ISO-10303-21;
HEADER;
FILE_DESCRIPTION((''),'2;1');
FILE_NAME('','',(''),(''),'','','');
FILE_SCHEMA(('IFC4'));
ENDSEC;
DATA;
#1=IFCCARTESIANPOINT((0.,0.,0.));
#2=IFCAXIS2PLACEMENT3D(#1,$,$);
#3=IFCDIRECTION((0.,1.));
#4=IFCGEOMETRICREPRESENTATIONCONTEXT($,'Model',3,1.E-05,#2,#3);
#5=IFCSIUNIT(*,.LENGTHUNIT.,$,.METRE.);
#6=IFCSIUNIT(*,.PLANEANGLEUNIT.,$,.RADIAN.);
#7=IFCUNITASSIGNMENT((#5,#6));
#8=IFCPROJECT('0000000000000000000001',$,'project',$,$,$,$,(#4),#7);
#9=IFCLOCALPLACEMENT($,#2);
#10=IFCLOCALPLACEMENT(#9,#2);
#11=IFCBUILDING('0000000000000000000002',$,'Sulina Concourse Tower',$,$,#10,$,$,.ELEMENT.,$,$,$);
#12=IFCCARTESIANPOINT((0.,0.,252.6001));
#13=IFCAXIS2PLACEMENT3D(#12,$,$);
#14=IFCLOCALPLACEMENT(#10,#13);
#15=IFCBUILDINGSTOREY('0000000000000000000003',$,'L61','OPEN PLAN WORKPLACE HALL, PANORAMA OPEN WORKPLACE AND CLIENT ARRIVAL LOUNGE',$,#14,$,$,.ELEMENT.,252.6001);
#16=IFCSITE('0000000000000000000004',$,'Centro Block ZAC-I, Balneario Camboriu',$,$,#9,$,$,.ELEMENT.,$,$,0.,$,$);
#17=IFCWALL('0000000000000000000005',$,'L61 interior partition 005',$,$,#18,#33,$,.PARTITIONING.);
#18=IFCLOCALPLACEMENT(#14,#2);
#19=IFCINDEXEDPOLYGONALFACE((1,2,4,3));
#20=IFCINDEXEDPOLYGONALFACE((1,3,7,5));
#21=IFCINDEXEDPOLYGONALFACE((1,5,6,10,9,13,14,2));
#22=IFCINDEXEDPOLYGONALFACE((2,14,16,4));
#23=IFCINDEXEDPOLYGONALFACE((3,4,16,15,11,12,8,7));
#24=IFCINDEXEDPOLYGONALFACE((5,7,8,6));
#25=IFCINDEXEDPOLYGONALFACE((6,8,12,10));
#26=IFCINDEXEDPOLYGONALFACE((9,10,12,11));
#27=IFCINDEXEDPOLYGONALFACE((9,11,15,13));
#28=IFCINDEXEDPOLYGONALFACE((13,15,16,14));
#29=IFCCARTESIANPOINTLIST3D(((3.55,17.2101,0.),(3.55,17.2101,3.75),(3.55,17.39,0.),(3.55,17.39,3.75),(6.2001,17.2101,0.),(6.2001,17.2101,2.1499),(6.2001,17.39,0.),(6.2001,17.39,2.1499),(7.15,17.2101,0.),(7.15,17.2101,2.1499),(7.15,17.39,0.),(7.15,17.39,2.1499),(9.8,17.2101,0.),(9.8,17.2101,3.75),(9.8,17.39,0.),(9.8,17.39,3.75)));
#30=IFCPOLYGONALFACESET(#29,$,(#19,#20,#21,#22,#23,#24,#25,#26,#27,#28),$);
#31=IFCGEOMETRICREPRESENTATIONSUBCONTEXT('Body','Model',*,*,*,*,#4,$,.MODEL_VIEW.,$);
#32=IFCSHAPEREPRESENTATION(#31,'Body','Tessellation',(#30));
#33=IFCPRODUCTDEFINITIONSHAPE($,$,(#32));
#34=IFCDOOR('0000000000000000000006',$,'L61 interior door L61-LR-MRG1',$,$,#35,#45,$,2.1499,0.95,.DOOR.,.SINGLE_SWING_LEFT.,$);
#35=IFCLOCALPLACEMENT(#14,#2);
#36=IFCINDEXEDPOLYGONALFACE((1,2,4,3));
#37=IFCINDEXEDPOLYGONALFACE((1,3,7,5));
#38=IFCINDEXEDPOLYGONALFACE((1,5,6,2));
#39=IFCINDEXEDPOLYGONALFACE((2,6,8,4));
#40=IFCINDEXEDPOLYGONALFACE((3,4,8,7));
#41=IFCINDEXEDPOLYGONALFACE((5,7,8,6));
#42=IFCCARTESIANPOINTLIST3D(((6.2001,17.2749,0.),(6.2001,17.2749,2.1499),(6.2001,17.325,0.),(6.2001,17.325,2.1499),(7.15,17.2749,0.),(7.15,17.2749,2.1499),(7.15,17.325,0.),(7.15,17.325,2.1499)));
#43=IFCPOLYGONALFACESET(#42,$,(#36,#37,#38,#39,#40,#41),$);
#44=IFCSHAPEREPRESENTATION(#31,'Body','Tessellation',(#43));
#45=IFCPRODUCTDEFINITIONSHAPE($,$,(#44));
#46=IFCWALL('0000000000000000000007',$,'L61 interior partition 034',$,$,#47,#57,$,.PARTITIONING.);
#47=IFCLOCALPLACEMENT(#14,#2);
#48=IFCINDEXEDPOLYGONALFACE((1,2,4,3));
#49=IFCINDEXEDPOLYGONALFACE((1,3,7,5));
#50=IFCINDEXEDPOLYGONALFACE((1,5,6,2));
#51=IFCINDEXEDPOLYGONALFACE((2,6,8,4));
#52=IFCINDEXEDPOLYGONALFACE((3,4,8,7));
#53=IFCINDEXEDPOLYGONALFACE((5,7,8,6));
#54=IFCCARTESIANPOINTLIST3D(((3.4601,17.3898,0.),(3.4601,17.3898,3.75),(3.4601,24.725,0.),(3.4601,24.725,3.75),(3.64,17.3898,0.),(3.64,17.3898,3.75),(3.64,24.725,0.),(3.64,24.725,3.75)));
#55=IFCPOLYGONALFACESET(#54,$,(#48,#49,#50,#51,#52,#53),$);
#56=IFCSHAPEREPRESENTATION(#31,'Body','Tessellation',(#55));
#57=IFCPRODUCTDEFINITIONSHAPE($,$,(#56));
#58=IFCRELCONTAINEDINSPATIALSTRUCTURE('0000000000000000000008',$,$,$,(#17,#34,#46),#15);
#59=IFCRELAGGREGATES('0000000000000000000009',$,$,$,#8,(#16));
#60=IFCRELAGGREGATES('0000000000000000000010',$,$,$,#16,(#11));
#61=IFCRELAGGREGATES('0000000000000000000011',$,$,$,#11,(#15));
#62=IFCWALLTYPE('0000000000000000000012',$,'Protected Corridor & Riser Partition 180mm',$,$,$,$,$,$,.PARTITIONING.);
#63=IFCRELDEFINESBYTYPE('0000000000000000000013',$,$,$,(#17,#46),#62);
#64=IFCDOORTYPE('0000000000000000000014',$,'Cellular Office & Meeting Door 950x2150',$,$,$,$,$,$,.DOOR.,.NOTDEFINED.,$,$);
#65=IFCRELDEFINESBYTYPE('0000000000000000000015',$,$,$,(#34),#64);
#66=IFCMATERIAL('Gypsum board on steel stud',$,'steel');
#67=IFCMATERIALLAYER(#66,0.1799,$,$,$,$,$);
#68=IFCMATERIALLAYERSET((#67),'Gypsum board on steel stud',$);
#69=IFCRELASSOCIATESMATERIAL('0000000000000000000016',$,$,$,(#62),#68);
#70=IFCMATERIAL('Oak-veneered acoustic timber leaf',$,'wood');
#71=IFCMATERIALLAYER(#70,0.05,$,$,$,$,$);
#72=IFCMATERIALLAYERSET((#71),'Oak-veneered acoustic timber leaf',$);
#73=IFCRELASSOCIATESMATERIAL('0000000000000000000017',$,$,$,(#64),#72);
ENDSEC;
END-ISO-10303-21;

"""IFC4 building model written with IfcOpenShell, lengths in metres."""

from ifc_helpers import new_model, si_unit, direction, frame, frame_2d, origin, place, context, subcontext, project, spatial, rectangle, extrude, material, layer, layer_set, type_object, element, fill, save


model = new_model("IFC4")

# Units and contexts
model_context = context("Model", 3, precision=1e-05, world=origin(), true_north=direction((0.0, 1.0)))
body_context = subcontext(model_context, "Body", "Model", "MODEL_VIEW")
ifc_project = project(units=[si_unit("LENGTHUNIT", "METRE"), si_unit("PLANEANGLEUNIT", "RADIAN")], contexts=[model_context])

# Site, building, storey
site_placement = place(None, origin())
site = spatial("IfcSite", under=ifc_project, at=site_placement, Name="Centro Block ZAC-I, Balneario Camboriu", CompositionType="ELEMENT", RefElevation=0.0)
building_placement = place(site_placement, origin())
building = spatial("IfcBuilding", under=site, at=building_placement, Name="Sulina Concourse Tower", CompositionType="ELEMENT")
storey_placement = place(building_placement, frame((0.0, 0.0, 252.6001)))
storey = spatial("IfcBuildingStorey", under=building, at=storey_placement, Name="L61", Description="OPEN PLAN WORKPLACE HALL, PANORAMA OPEN WORKPLACE AND CLIENT ARRIVAL LOUNGE", CompositionType="ELEMENT", Elevation=252.6001)

# Wall, opening, door
ifc_material_1 = material(Name="Gypsum board on steel stud", Category="steel")
ifc_layer_1 = layer(ifc_material_1, 0.1799)
ifc_layer_set_1 = layer_set([ifc_layer_1], Name="Gypsum board on steel stud")
wall_type_1 = type_object("IfcWallType", Name="Protected Corridor & Riser Partition 180mm", PredefinedType="PARTITIONING", material=ifc_layer_set_1)
ifc_material_2 = material(Name="Oak-veneered acoustic timber leaf", Category="wood")
ifc_layer_2 = layer(ifc_material_2, 0.05)
ifc_layer_set_2 = layer_set([ifc_layer_2], Name="Oak-veneered acoustic timber leaf")
door_type_1 = type_object("IfcDoorType", Name="Cellular Office & Meeting Door 950x2150", OperationType="NOTDEFINED", PredefinedType="DOOR", material=ifc_layer_set_2)
wall_1_placement = place(storey_placement, frame((3.55, 17.3, 0.0), z_axis=(0.0, 0.0, 1.0), x_axis=(1.0, 0.0, 0.0)))
wall_1 = element("IfcWall", 1, at=wall_1_placement, inside=storey, type_object=wall_type_1, Name="L61 interior partition 005", PredefinedType="PARTITIONING", context=body_context, shape_type="SweptSolid", body=[
    extrude(rectangle(XDim=6.25, YDim=0.1799, at=frame_2d((3.125, 0.0))), origin(), (0.0, 0.0, 1.0), 3.75),
])
opening_1_placement = place(wall_1_placement, frame((2.6499, 0.0, 0.0)))
opening_1 = element("IfcOpeningElement", 2, at=opening_1_placement, cuts=wall_1, PredefinedType="OPENING", context=body_context, shape_type="SweptSolid", body=[
    extrude(rectangle(XDim=0.95, YDim=2.1499, at=frame_2d((0.4751, 1.075))), frame((0.0, 0.0999, 0.0), z_axis=(0.0, -1.0, 0.0), x_axis=(1.0, 0.0, 0.0)), (0.0, 0.0, 1.0), 0.2),
])
door_1_placement = place(opening_1_placement, origin())
door_1 = element("IfcDoor", 3, at=door_1_placement, inside=storey, type_object=door_type_1, Name="L61 interior door L61-LR-MRG1", OperationType="SINGLE_SWING_LEFT", OverallHeight=2.1499, OverallWidth=0.95, PredefinedType="DOOR", context=body_context, shape_type="SweptSolid", body=[
    extrude(rectangle(XDim=0.95, YDim=2.1499, at=frame_2d((0.4751, 1.075))), frame((0.0, 0.0249, 0.0), z_axis=(0.0, -1.0, 0.0), x_axis=(1.0, 0.0, 0.0)), (0.0, 0.0, 1.0), 0.05),
])
fill(opening_1, door_1)

# Wall
wall_2_placement = place(storey_placement, frame((3.55, 17.3899, 0.0), z_axis=(0.0, 0.0, 1.0), x_axis=(0.0, 1.0, 0.0)))
element("IfcWall", 4, at=wall_2_placement, inside=storey, type_object=wall_type_1, Name="L61 interior partition 034", PredefinedType="PARTITIONING", context=body_context, shape_type="SweptSolid", body=[
    extrude(rectangle(XDim=7.3352, YDim=0.1799, at=frame_2d((3.6675, 0.0))), origin(), (0.0, 0.0, 1.0), 3.75),
])

save(model, "model.ifc")
